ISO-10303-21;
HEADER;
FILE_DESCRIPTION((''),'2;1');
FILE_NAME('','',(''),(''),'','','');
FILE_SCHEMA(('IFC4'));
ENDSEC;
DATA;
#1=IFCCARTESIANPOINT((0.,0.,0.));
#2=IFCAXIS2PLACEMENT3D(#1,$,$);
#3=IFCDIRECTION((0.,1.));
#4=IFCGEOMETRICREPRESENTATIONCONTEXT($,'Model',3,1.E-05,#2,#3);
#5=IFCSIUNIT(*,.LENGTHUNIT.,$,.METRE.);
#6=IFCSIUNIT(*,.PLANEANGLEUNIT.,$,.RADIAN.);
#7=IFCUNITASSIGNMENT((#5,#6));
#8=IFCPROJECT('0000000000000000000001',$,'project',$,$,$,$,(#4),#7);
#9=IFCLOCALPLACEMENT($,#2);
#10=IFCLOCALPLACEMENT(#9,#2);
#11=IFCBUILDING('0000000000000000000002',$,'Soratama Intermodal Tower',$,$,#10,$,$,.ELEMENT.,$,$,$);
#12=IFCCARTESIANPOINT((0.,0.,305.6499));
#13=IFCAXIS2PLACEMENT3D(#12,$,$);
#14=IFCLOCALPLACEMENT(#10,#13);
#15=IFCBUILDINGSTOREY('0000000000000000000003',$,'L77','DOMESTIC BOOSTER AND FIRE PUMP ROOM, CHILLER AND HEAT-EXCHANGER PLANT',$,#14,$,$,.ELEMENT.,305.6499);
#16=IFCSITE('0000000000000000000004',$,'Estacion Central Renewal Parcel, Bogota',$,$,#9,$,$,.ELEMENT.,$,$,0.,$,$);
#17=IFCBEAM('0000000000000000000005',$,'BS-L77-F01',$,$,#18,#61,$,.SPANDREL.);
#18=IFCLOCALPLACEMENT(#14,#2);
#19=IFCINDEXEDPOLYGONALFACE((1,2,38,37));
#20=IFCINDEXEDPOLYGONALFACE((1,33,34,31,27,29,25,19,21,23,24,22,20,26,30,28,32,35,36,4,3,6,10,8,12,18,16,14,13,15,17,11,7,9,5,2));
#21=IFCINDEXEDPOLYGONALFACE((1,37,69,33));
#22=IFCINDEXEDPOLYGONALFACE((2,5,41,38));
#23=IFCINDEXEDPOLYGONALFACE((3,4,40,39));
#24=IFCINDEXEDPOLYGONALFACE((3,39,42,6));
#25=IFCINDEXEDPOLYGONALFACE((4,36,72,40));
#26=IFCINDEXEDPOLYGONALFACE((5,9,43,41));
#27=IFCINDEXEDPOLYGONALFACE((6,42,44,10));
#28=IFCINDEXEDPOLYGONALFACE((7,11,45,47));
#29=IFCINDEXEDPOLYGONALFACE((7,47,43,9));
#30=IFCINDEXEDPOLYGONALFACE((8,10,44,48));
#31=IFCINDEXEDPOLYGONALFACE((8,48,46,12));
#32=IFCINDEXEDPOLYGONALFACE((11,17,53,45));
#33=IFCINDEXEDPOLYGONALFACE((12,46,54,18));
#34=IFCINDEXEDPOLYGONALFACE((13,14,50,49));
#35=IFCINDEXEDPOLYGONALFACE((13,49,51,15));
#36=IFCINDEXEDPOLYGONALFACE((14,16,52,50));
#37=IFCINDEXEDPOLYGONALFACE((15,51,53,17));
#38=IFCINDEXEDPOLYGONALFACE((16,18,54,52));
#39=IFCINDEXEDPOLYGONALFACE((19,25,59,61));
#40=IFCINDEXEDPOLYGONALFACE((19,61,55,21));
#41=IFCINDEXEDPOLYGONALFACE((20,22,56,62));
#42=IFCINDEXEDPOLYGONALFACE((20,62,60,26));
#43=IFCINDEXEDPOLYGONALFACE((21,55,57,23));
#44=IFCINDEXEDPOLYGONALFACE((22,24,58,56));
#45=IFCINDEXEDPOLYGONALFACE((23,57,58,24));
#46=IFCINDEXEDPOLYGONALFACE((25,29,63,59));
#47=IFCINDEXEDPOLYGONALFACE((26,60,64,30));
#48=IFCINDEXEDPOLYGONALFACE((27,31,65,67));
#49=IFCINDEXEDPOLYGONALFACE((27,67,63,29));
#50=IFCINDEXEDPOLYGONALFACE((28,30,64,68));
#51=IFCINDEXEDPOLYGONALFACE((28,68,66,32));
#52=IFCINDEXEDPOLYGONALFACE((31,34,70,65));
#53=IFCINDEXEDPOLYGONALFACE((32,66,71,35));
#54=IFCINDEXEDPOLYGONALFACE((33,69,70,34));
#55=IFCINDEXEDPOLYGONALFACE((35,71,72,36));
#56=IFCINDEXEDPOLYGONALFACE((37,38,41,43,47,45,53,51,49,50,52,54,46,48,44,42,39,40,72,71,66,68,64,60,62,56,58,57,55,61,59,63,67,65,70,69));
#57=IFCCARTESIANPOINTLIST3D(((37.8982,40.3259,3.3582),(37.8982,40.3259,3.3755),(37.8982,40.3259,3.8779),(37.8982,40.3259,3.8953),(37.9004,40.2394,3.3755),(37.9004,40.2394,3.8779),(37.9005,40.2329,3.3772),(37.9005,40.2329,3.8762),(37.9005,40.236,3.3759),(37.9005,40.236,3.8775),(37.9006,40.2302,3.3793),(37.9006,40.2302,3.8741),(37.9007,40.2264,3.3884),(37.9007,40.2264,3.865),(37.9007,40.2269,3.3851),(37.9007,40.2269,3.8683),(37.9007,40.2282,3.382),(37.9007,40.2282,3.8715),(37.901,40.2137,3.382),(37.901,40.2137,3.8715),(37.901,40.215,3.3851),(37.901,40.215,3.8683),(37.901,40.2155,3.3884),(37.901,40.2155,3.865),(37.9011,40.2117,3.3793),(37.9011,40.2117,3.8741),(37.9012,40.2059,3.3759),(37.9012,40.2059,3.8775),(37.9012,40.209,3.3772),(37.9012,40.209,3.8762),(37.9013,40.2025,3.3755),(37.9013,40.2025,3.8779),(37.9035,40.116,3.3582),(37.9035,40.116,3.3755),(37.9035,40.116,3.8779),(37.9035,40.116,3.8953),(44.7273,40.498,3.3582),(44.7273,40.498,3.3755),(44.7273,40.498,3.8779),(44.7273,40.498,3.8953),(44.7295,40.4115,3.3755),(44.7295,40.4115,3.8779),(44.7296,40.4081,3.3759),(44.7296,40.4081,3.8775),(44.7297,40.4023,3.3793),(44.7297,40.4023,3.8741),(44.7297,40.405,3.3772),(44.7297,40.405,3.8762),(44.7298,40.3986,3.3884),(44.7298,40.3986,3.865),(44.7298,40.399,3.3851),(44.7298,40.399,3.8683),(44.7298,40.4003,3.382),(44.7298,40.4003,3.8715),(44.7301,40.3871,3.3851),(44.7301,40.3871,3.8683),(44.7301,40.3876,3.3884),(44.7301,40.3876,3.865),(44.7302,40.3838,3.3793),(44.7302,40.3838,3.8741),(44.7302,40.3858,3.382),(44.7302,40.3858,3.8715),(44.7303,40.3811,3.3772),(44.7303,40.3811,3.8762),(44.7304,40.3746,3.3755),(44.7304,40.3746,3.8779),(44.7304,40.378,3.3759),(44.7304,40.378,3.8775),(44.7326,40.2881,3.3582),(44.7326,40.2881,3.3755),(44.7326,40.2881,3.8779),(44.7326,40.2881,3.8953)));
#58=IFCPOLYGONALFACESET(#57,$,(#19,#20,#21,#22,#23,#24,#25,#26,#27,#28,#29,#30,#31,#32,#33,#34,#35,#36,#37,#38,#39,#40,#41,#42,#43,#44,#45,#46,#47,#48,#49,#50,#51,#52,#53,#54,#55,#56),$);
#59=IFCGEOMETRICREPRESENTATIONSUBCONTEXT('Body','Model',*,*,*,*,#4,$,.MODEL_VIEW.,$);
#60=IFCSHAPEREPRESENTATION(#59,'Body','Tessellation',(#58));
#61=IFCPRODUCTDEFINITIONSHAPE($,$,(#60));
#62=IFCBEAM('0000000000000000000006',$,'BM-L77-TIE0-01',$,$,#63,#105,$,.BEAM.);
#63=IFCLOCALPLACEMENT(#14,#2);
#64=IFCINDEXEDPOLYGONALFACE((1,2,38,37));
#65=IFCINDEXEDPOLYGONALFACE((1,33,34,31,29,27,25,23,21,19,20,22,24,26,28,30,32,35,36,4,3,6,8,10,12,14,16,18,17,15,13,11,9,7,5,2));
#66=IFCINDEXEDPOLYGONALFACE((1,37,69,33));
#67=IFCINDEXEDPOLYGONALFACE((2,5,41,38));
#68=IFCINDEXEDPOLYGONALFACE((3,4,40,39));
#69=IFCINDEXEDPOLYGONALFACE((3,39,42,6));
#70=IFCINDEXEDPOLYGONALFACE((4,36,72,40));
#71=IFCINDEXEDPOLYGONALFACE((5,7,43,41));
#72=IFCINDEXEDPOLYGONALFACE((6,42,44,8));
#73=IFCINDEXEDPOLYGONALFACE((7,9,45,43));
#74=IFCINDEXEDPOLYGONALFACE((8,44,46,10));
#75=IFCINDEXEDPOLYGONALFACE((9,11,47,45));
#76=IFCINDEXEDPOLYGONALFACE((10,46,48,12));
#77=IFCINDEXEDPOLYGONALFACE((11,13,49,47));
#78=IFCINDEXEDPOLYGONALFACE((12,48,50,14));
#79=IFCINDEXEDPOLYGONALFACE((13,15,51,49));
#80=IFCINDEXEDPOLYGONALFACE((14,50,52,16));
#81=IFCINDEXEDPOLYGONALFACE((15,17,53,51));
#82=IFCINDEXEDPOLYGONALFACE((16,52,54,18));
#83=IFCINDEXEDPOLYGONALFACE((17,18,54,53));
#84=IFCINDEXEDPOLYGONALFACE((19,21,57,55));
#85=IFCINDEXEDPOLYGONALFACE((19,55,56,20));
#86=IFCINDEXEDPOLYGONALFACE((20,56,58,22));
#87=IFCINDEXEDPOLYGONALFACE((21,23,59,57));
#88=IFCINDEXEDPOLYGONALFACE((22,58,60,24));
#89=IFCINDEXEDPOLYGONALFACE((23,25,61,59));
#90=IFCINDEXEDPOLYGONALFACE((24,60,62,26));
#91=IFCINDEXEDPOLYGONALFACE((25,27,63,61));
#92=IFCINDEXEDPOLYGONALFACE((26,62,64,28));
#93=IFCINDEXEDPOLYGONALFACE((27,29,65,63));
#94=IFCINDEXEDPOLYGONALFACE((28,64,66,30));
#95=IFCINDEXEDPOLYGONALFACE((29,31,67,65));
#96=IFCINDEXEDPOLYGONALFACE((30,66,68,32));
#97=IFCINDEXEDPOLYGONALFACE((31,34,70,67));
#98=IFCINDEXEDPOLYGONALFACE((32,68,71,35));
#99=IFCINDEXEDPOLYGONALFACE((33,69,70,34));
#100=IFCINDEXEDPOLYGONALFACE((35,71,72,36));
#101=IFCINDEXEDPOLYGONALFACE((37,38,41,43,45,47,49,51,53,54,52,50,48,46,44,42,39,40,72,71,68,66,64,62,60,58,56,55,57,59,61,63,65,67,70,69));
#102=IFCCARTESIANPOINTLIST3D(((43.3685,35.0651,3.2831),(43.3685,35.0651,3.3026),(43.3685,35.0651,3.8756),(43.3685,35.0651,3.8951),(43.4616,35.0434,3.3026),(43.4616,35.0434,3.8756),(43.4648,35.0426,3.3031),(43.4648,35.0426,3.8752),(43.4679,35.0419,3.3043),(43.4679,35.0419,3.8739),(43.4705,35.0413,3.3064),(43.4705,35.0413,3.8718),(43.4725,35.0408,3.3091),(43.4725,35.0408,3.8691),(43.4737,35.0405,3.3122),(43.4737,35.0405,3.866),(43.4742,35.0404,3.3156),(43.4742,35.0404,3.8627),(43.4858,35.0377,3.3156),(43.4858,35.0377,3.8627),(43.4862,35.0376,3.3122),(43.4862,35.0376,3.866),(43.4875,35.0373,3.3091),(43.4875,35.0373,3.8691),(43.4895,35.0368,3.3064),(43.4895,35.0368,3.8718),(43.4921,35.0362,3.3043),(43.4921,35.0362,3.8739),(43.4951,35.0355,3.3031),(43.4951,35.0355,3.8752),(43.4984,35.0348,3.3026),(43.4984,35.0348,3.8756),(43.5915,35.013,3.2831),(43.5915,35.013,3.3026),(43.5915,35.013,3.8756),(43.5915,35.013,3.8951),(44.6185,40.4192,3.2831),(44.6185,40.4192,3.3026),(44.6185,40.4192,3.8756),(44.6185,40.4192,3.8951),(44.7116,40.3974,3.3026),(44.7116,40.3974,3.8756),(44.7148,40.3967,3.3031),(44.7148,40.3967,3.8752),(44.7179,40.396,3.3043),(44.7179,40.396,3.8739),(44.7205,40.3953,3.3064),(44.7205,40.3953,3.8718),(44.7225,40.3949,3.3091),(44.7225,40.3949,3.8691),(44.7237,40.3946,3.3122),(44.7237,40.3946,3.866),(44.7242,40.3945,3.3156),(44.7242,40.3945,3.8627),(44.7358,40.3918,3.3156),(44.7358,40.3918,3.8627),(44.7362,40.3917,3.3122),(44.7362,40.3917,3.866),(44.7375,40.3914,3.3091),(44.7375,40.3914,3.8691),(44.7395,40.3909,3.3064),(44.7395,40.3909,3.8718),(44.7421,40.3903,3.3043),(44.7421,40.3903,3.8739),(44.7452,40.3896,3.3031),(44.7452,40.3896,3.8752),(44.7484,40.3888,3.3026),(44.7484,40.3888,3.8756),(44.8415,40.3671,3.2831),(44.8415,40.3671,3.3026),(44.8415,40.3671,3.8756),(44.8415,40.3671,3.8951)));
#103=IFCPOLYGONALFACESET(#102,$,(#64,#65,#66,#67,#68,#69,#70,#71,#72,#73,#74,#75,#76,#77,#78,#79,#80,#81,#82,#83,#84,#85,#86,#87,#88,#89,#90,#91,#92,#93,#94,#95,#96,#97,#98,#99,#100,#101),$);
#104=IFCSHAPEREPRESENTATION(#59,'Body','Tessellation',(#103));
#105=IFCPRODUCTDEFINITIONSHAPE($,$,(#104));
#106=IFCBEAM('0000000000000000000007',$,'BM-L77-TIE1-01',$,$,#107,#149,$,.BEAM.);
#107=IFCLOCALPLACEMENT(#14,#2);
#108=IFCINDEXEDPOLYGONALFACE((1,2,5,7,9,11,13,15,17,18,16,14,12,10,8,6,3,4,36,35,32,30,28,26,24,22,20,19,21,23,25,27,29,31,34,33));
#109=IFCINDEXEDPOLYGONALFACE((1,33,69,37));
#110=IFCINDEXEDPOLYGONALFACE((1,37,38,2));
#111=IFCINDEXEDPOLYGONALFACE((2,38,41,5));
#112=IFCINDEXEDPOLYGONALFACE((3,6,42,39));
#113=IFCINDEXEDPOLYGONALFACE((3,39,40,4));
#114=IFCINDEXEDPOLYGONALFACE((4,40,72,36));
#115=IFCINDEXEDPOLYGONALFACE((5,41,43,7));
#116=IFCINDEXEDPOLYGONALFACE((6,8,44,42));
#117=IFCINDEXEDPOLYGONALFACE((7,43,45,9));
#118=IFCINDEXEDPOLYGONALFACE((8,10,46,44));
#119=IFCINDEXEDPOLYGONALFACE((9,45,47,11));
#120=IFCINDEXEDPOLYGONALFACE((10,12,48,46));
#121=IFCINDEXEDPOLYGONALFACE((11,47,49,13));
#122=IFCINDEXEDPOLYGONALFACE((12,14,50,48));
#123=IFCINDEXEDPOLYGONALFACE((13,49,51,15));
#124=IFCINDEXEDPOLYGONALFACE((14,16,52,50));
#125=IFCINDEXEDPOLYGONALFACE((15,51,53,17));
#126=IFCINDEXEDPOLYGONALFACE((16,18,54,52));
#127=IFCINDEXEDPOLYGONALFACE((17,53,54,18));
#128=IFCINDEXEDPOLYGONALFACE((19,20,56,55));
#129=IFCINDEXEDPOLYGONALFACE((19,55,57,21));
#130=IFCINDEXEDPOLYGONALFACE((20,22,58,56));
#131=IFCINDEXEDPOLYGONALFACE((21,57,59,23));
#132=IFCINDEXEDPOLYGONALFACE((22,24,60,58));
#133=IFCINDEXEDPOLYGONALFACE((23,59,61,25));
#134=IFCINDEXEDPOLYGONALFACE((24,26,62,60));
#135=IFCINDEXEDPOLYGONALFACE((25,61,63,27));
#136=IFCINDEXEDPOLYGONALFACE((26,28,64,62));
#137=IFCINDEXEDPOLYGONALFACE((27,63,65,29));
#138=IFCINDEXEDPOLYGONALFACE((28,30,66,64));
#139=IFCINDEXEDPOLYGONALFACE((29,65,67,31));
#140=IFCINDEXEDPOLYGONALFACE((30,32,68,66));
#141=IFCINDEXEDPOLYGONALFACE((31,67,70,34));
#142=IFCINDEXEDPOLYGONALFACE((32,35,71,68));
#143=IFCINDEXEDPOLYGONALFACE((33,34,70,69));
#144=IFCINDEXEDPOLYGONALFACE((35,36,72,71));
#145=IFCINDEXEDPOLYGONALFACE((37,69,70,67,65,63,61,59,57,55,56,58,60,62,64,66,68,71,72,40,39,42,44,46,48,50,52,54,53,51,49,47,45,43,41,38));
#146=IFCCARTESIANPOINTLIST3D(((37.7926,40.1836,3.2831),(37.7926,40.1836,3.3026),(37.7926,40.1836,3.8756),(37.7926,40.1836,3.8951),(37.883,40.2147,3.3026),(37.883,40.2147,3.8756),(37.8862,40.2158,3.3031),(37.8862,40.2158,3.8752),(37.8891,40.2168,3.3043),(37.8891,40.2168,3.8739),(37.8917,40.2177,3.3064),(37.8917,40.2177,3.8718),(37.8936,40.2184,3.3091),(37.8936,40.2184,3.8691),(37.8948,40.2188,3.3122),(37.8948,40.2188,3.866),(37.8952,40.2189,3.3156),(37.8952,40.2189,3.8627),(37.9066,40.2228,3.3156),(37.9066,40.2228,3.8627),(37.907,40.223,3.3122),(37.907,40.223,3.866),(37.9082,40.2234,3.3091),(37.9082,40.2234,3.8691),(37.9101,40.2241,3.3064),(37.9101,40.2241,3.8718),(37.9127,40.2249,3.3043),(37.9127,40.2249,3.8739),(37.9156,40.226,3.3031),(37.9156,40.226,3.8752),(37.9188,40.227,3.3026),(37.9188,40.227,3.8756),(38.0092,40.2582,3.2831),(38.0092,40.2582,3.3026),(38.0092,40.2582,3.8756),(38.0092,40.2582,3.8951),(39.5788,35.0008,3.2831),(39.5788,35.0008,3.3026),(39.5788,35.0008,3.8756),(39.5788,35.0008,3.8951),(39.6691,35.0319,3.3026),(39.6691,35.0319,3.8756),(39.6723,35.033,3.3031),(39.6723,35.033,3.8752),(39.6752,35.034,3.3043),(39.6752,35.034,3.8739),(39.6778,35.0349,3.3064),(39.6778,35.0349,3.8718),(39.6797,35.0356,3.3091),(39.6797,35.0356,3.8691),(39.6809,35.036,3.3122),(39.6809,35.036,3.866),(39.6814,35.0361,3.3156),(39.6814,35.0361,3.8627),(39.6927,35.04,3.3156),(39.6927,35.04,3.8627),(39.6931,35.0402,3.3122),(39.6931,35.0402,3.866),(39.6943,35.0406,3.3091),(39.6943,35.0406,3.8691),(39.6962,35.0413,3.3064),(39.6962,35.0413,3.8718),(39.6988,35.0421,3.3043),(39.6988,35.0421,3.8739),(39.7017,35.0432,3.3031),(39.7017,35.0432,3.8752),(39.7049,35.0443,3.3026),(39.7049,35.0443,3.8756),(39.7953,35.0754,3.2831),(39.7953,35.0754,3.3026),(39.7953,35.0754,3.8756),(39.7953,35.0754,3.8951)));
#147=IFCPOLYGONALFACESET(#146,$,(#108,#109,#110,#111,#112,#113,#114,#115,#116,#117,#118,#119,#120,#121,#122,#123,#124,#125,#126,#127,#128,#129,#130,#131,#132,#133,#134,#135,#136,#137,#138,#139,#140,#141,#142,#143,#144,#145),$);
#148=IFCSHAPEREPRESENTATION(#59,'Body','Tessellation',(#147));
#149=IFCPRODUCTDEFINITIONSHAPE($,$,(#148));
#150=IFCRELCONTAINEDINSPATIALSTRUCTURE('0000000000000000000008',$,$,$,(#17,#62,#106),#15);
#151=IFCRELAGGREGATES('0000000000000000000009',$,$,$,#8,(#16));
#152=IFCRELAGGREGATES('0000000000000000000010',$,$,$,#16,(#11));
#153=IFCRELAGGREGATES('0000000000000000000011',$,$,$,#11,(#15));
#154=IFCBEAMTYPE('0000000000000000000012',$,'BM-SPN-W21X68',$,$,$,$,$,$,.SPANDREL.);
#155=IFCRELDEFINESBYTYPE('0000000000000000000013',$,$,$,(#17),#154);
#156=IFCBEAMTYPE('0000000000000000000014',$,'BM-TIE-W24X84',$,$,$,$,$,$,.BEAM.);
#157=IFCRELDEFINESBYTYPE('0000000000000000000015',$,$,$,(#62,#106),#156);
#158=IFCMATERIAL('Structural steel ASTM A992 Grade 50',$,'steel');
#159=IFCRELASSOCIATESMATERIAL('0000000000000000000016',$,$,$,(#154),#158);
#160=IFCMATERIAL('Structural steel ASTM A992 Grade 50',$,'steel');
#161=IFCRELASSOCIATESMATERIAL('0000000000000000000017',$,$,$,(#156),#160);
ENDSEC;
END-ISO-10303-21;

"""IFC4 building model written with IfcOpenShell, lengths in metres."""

from ifc_helpers import new_model, si_unit, direction, frame, origin, origin_2d, place, context, subcontext, project, spatial, i_section, extrude, material, material_profile, profile_set, type_object, element, save


model = new_model("IFC4")

# Units and contexts
model_context = context("Model", 3, precision=1e-05, world=origin(), true_north=direction((0.0, 1.0)))
body_context = subcontext(model_context, "Body", "Model", "MODEL_VIEW")
ifc_project = project(units=[si_unit("LENGTHUNIT", "METRE"), si_unit("PLANEANGLEUNIT", "RADIAN")], contexts=[model_context])

# Site, building, storey
site_placement = place(None, origin())
site = spatial("IfcSite", under=ifc_project, at=site_placement, Name="Estacion Central Renewal Parcel, Bogota", CompositionType="ELEMENT", RefElevation=0.0)
building_placement = place(site_placement, origin())
building = spatial("IfcBuilding", under=site, at=building_placement, Name="Soratama Intermodal Tower", CompositionType="ELEMENT")
storey_placement = place(building_placement, frame((0.0, 0.0, 305.6499)))
storey = spatial("IfcBuildingStorey", under=building, at=storey_placement, Name="L77", Description="DOMESTIC BOOSTER AND FIRE PUMP ROOM, CHILLER AND HEAT-EXCHANGER PLANT", CompositionType="ELEMENT", Elevation=305.6499)

# Beams
ifc_material_1 = material(Name="Structural steel ASTM A992 Grade 50", Category="steel")
ifc_material_profile_1 = material_profile(ifc_material_1, i_section(OverallWidth=0.21, OverallDepth=0.5371, WebThickness=0.011, FlangeThickness=0.0173, FilletRadius=0.0129, at=origin_2d()), Name="W21X68")
ifc_profile_set_1 = profile_set([ifc_material_profile_1], Name="Structural steel ASTM A992 Grade 50")
beam_type_1 = type_object("IfcBeamType", Name="BM-SPN-W21X68", PredefinedType="SPANDREL", material=ifc_profile_set_1)
beam_1_placement = place(storey_placement, frame((44.73, 40.3931, 3.6267), z_axis=(-0.999683, -0.025196, 0.0), x_axis=(0.025196, -0.999683, 0.0)))
element("IfcBeam", 1, at=beam_1_placement, inside=storey, type_object=beam_type_1, Name="BS-L77-F01", PredefinedType="SPANDREL", context=body_context, shape_type="SweptSolid", body=[
    extrude(i_section(OverallWidth=0.21, OverallDepth=0.5371, WebThickness=0.011, FlangeThickness=0.0173, FilletRadius=0.0129, at=origin_2d()), origin(), (0.0, 0.0, 1.0), 6.8313),
])
ifc_material_2 = material(Name="Structural steel ASTM A992 Grade 50", Category="steel")
ifc_material_profile_2 = material_profile(ifc_material_2, i_section(OverallWidth=0.229, OverallDepth=0.6121, WebThickness=0.012, FlangeThickness=0.0195, FilletRadius=0.0129, at=origin_2d()), Name="W24X84")
ifc_profile_set_2 = profile_set([ifc_material_profile_2], Name="Structural steel ASTM A992 Grade 50")
beam_type_2 = type_object("IfcBeamType", Name="BM-TIE-W24X84", PredefinedType="BEAM", material=ifc_profile_set_2)
beam_2_placement = place(storey_placement, frame((43.48, 35.0391, 3.5891), z_axis=(0.227356, 0.973812, 0.0), x_axis=(-0.973812, 0.227356, 0.0)))
element("IfcBeam", 2, at=beam_2_placement, inside=storey, type_object=beam_type_2, Name="BM-L77-TIE0-01", PredefinedType="BEAM", context=body_context, shape_type="SweptSolid", body=[
    extrude(i_section(OverallWidth=0.229, OverallDepth=0.6121, WebThickness=0.012, FlangeThickness=0.0195, FilletRadius=0.0129, at=origin_2d()), origin(), (0.0, 0.0, 1.0), 5.498),
])
beam_3_placement = place(storey_placement, frame((39.687, 35.0381, 3.5891), z_axis=(-0.325818, 0.945433, 0.0), x_axis=(-0.945433, -0.325818, 0.0)))
element("IfcBeam", 3, at=beam_3_placement, inside=storey, type_object=beam_type_2, Name="BM-L77-TIE1-01", PredefinedType="BEAM", context=body_context, shape_type="SweptSolid", body=[
    extrude(i_section(OverallWidth=0.229, OverallDepth=0.6121, WebThickness=0.012, FlangeThickness=0.0195, FilletRadius=0.0129, at=origin_2d()), origin(), (0.0, 0.0, 1.0), 5.4819),
])

save(model, "model.ifc")
